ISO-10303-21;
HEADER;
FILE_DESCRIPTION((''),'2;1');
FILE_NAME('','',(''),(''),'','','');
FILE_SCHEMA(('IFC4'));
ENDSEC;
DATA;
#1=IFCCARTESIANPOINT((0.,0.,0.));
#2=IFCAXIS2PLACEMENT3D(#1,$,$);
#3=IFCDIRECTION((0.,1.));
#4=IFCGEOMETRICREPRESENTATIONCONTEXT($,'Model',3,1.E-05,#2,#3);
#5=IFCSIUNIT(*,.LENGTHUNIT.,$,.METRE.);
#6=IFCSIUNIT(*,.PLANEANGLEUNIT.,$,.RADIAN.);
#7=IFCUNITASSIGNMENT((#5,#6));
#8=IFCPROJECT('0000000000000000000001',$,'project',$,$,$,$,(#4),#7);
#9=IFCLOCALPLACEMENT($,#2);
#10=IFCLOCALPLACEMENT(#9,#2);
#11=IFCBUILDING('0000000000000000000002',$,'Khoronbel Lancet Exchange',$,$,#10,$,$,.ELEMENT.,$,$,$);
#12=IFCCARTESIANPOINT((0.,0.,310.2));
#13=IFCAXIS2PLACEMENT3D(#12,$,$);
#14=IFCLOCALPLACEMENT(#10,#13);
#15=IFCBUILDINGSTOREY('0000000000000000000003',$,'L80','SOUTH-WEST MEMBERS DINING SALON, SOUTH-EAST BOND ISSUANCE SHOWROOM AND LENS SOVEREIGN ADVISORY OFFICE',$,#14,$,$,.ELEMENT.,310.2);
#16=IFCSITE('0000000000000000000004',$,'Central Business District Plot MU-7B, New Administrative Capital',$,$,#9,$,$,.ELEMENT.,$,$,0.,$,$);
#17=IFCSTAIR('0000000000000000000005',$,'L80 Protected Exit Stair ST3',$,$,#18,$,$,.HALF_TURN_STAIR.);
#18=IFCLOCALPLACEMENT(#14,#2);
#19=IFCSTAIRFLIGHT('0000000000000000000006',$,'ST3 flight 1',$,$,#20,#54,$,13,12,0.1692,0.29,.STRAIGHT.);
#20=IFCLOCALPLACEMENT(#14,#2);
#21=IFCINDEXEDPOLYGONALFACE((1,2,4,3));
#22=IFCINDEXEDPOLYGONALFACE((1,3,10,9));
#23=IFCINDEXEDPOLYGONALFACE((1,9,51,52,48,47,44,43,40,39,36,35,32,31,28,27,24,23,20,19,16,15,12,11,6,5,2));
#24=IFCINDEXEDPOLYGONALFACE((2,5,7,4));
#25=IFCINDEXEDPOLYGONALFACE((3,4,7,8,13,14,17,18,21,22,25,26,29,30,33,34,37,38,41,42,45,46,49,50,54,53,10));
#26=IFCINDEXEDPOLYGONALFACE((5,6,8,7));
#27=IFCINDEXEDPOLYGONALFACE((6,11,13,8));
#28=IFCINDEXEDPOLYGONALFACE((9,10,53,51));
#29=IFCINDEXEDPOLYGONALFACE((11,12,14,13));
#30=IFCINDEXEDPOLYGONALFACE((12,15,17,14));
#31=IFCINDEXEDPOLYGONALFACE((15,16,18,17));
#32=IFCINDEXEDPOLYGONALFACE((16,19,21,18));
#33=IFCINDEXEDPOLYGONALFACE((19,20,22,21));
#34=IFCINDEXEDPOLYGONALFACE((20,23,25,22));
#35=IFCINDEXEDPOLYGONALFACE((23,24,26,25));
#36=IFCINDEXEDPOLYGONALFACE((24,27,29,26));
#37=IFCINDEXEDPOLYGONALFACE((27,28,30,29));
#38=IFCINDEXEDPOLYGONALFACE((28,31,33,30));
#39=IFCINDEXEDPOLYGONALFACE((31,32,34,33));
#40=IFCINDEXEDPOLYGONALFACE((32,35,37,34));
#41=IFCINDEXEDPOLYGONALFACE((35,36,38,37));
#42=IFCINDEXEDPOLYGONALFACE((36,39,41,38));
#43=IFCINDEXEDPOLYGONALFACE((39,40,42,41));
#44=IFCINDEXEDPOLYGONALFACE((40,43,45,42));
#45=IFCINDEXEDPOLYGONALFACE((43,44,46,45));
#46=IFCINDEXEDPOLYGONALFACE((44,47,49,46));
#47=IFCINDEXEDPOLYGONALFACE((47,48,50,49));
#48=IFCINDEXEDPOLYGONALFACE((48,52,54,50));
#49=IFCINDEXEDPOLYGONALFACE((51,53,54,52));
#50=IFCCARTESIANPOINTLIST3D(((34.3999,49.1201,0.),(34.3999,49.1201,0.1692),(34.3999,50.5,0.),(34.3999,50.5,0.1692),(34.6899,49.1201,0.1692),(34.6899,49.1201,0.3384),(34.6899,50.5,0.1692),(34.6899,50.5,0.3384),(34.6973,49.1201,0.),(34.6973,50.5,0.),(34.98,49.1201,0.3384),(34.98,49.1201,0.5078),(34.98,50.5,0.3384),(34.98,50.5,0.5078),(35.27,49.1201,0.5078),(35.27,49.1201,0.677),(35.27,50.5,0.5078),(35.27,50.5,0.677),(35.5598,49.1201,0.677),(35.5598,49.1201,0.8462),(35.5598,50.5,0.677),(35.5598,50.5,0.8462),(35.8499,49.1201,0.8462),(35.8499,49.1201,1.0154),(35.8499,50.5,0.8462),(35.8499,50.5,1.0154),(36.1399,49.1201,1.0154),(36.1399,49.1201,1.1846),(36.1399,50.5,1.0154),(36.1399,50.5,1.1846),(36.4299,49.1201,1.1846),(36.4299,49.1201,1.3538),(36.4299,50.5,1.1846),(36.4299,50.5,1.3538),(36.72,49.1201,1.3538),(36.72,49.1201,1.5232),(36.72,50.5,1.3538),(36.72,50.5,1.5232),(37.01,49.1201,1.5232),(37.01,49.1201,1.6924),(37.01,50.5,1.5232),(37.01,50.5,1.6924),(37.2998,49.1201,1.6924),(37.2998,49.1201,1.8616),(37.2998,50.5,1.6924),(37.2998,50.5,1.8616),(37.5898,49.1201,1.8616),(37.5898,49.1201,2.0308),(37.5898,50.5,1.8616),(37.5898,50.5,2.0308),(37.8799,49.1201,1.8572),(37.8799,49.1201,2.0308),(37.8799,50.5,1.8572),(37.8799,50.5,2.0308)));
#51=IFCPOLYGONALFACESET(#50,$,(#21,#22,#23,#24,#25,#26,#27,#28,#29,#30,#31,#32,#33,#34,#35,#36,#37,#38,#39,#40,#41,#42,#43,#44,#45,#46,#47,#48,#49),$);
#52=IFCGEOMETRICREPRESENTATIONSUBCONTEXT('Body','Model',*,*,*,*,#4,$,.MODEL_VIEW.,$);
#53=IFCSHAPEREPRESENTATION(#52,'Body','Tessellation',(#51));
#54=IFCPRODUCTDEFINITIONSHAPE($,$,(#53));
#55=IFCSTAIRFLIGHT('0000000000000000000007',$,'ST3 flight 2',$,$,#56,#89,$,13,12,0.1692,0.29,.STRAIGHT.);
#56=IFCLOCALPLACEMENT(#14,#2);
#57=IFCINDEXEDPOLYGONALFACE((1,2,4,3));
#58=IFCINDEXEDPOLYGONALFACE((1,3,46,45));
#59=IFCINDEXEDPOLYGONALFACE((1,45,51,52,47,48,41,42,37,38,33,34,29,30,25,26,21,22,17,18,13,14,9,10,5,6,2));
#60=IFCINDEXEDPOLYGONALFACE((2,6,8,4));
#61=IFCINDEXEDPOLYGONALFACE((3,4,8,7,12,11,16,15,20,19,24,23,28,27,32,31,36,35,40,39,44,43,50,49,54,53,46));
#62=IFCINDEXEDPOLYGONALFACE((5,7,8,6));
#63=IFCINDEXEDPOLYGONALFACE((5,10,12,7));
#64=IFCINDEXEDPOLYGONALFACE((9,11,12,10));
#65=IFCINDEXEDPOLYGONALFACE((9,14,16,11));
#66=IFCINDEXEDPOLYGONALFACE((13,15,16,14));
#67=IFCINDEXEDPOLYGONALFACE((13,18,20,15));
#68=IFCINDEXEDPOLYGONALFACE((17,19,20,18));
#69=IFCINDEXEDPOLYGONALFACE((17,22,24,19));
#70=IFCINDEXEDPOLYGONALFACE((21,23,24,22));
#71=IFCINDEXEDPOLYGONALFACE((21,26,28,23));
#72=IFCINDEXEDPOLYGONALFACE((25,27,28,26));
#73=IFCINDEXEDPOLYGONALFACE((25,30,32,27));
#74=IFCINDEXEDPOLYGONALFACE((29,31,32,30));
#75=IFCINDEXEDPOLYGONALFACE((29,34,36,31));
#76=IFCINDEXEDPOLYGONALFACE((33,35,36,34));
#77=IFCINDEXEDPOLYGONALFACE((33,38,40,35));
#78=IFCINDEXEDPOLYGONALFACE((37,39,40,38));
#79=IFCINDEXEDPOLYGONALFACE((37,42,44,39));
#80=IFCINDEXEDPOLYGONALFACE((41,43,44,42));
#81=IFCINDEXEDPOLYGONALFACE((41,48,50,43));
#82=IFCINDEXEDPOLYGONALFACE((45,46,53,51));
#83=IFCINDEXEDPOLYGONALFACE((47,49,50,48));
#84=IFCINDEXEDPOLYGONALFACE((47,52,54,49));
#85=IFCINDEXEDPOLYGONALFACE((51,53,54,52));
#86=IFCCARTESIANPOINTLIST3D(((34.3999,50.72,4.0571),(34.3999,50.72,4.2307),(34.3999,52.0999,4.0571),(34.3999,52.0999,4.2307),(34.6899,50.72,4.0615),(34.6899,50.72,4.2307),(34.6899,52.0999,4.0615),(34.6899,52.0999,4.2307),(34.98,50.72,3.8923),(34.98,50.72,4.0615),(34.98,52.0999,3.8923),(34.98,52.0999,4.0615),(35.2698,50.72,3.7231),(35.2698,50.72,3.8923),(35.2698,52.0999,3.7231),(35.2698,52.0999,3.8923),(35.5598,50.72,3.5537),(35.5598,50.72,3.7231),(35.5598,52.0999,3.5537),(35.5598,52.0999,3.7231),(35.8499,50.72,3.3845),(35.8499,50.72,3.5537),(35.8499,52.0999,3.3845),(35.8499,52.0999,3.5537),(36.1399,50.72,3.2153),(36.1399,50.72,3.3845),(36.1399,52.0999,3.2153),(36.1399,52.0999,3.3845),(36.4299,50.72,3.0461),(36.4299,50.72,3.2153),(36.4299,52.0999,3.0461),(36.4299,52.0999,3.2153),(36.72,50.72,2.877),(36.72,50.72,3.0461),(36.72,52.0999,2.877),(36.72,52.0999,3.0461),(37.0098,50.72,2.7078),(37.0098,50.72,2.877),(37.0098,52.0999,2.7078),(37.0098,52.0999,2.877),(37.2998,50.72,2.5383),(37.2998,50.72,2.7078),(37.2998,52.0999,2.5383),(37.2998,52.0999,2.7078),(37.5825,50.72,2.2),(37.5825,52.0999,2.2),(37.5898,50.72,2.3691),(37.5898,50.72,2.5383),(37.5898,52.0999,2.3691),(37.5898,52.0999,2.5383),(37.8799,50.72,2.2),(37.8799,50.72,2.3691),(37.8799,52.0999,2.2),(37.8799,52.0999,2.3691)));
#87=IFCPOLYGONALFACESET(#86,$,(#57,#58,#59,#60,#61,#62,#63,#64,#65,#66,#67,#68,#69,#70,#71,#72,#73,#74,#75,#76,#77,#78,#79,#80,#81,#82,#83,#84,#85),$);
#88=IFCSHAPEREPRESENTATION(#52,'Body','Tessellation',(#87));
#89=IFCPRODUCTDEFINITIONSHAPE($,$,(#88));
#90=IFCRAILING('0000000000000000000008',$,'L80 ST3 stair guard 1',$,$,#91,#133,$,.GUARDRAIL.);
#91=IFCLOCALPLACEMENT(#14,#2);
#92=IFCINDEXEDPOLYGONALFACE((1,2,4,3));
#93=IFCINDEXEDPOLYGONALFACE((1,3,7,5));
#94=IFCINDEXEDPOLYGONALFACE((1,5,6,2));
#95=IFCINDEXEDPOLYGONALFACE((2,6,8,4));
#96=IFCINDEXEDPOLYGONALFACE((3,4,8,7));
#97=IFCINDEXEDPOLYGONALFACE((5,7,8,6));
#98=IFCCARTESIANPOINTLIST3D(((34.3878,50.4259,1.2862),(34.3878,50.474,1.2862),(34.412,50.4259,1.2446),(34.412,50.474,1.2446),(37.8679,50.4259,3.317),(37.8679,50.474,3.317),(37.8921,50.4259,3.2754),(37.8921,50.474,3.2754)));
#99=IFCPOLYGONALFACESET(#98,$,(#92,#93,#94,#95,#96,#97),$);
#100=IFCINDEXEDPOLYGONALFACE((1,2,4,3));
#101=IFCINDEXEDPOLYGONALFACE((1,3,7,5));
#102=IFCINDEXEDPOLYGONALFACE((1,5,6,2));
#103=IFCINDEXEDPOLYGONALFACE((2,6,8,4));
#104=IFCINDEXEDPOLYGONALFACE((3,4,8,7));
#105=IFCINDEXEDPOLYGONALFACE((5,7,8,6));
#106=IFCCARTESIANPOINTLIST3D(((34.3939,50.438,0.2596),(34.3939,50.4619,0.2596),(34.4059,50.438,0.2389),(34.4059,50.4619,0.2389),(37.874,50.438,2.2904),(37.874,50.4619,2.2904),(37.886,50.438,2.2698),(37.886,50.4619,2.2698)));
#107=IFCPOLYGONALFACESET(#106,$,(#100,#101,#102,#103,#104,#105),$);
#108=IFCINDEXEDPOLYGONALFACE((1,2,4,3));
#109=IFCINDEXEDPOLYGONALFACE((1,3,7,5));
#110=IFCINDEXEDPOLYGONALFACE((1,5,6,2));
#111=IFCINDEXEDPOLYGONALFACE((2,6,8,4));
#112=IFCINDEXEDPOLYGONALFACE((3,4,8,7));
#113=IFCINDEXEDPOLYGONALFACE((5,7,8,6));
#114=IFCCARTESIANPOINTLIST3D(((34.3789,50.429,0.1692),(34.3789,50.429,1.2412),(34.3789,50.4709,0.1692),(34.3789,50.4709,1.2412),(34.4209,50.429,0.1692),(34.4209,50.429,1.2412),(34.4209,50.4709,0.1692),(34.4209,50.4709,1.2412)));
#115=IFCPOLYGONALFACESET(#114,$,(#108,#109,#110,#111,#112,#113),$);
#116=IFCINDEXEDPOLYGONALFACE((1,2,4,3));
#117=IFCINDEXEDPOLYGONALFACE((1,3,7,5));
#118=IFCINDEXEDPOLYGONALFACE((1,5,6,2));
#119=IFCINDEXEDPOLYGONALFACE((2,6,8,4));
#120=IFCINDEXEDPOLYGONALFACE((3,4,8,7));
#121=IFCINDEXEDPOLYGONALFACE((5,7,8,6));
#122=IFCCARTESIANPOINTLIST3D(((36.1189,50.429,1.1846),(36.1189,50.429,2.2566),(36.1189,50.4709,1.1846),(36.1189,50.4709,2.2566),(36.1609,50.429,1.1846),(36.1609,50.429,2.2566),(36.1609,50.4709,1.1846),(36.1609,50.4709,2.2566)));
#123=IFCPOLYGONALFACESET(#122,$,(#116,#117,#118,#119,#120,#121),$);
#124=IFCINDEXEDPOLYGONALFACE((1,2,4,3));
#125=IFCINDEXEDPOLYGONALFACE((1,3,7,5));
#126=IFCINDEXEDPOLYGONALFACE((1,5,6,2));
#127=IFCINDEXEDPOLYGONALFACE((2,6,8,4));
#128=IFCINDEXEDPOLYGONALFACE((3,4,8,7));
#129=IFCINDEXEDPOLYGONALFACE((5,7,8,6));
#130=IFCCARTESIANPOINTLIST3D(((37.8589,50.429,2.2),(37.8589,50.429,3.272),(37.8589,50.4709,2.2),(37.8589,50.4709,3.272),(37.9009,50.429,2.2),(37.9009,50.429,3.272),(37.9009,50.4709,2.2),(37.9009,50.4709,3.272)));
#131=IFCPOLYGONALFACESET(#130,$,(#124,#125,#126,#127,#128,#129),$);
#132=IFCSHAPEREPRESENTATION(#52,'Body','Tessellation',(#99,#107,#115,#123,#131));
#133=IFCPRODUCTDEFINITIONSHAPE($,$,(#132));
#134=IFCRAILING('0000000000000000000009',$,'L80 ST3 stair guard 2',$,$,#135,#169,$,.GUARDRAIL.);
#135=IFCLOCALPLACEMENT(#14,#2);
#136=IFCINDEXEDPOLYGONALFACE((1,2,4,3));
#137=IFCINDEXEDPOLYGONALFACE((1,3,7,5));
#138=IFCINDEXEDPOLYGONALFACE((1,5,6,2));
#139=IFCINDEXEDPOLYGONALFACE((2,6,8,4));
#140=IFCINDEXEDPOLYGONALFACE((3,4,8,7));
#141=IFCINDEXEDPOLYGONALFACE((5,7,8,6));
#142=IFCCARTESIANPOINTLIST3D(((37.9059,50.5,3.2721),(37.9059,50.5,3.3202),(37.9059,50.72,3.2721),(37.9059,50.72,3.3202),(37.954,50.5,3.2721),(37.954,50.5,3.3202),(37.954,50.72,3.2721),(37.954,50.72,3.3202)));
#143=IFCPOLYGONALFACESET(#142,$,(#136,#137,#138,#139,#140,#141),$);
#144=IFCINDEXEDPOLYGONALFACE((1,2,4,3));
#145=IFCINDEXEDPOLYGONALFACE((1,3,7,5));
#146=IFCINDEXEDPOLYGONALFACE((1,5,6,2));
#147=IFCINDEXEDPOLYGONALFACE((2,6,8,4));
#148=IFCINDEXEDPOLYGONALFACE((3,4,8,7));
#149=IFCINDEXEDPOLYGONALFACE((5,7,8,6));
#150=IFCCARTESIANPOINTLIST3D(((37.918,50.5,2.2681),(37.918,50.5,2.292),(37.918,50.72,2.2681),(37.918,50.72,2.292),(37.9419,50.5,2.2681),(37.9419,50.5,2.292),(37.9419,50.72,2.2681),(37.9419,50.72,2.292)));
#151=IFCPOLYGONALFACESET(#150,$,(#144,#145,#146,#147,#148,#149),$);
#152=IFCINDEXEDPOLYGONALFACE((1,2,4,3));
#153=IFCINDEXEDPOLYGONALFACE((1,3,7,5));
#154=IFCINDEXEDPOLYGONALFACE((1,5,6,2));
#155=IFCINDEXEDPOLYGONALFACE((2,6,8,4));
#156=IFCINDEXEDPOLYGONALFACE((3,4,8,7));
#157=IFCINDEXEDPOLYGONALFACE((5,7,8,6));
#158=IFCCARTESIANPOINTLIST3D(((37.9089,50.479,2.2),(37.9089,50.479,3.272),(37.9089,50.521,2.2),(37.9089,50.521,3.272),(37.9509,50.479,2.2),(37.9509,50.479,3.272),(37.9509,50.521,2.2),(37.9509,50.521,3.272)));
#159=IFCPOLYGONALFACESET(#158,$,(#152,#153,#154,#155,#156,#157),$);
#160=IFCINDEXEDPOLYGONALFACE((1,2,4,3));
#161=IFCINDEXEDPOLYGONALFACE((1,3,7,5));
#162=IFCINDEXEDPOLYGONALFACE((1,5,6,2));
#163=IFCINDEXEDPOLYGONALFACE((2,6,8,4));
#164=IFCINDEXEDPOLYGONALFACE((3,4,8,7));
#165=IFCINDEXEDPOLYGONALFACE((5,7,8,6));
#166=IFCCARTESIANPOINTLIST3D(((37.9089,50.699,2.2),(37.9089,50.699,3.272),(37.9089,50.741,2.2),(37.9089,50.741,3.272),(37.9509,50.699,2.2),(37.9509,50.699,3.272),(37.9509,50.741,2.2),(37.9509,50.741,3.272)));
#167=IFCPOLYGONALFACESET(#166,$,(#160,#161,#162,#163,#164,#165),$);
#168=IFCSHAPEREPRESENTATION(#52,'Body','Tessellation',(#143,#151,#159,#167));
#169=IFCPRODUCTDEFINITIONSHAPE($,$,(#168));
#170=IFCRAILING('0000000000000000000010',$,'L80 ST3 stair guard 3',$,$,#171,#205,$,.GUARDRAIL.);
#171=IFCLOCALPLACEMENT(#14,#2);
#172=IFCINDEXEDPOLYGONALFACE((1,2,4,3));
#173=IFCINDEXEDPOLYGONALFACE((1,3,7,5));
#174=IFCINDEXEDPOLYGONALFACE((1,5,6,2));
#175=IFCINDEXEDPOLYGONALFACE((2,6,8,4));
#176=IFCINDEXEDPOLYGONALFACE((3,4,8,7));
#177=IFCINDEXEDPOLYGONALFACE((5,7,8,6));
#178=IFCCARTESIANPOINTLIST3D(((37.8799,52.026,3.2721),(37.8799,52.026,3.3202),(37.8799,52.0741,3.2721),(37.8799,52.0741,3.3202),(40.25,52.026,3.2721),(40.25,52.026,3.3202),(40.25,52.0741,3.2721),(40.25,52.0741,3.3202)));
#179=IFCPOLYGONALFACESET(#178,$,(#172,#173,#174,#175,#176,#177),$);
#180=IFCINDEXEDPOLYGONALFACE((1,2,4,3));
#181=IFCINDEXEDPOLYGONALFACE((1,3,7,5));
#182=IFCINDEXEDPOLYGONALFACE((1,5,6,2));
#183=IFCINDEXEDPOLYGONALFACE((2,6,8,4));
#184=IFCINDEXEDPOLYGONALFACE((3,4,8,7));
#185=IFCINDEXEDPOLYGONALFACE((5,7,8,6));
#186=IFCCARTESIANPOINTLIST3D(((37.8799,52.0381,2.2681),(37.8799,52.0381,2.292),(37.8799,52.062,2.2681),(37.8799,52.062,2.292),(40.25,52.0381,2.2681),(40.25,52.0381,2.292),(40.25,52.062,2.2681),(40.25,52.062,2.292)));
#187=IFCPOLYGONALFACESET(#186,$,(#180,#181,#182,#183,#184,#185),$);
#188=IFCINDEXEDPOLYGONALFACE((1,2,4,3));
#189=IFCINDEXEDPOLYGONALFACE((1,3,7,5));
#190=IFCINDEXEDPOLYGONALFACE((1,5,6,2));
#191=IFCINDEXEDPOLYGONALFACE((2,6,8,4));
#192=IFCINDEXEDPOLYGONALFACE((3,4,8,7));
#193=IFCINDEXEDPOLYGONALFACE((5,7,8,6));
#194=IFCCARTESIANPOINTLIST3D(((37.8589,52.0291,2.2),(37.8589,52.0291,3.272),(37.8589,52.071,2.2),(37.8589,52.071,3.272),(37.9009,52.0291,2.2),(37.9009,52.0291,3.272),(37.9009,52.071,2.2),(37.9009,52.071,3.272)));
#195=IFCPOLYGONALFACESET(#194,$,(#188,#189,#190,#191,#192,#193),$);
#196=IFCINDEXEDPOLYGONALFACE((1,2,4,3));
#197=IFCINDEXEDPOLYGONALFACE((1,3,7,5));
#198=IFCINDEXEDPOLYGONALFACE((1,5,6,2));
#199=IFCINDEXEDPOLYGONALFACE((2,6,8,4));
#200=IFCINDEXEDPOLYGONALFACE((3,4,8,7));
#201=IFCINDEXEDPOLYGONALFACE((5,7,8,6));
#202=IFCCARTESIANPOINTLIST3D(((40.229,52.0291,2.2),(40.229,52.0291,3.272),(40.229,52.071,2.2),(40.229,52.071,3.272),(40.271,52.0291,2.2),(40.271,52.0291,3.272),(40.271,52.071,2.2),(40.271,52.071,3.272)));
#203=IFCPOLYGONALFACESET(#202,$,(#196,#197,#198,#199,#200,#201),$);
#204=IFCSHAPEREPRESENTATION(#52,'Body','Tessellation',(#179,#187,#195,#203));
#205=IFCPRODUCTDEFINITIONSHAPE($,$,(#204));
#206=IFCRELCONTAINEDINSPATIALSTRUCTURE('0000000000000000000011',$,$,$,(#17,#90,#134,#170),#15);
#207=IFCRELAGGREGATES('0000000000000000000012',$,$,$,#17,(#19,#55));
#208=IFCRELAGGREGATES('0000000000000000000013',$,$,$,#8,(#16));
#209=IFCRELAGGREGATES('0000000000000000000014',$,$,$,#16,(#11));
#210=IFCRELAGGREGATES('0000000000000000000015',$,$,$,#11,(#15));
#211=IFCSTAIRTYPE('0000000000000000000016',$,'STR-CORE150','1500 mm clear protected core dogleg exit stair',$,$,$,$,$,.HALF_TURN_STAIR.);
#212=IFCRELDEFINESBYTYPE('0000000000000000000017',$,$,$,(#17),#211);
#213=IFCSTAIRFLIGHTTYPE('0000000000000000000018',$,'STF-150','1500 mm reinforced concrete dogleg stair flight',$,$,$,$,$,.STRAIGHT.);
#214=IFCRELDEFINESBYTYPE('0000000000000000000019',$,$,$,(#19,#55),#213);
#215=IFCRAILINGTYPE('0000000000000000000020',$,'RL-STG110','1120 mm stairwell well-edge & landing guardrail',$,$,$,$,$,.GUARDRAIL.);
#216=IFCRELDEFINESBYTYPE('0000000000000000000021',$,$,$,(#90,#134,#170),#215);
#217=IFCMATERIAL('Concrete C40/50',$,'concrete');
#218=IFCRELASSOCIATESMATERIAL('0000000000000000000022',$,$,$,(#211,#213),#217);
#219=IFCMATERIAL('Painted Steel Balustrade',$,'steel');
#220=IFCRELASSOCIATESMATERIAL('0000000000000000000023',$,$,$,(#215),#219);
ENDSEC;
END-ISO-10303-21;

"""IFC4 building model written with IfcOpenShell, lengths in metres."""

from ifc_helpers import new_model, si_unit, direction, frame, origin, origin_2d, place, context, subcontext, project, spatial, polyline, rectangle, outline, extrude, material, type_object, element, aggregate, save


model = new_model("IFC4")

# Units and contexts
model_context = context("Model", 3, precision=1e-05, world=origin(), true_north=direction((0.0, 1.0)))
body_context = subcontext(model_context, "Body", "Model", "MODEL_VIEW")
ifc_project = project(units=[si_unit("LENGTHUNIT", "METRE"), si_unit("PLANEANGLEUNIT", "RADIAN")], contexts=[model_context])

# Site, building, storey
site_placement = place(None, origin())
site = spatial("IfcSite", under=ifc_project, at=site_placement, Name="Central Business District Plot MU-7B, New Administrative Capital", CompositionType="ELEMENT", RefElevation=0.0)
building_placement = place(site_placement, origin())
building = spatial("IfcBuilding", under=site, at=building_placement, Name="Khoronbel Lancet Exchange", CompositionType="ELEMENT")
storey_placement = place(building_placement, frame((0.0, 0.0, 310.2)))
storey = spatial("IfcBuildingStorey", under=building, at=storey_placement, Name="L80", Description="SOUTH-WEST MEMBERS DINING SALON, SOUTH-EAST BOND ISSUANCE SHOWROOM AND LENS SOVEREIGN ADVISORY OFFICE", CompositionType="ELEMENT", Elevation=310.2)

# Stair, stair flights
ifc_material_1 = material(Name="Concrete C40/50", Category="concrete")
stair_type = type_object("IfcStairType", Name="STR-CORE150", Description="1500 mm clear protected core dogleg exit stair", PredefinedType="HALF_TURN_STAIR", material=ifc_material_1)
stair_placement = place(storey_placement, origin())
stair = element("IfcStair", 1, at=stair_placement, inside=storey, type_object=stair_type, Name="L80 Protected Exit Stair ST3", PredefinedType="HALF_TURN_STAIR")
stair_flight_type = type_object("IfcStairFlightType", Name="STF-150", Description="1500 mm reinforced concrete dogleg stair flight", PredefinedType="STRAIGHT", material=ifc_material_1)
stair_flight_1_placement = place(storey_placement, frame((34.3999, 49.8101, 0.0), z_axis=(0.0, 0.0, 1.0), x_axis=(1.0, 0.0, 0.0)))
stair_flight_1 = element("IfcStairFlight", 2, at=stair_flight_1_placement, type_object=stair_flight_type, Name="ST3 flight 1", NumberOfRisers=13, NumberOfTreads=12, PredefinedType="STRAIGHT", RiserHeight=0.1692, TreadLength=0.29, context=body_context, shape_type="SweptSolid", body=[
    extrude(outline(polyline([(0.0, 0.0), (0.0, 0.1692), (0.29, 0.1692), (0.29, 0.3384), (0.5801, 0.3384), (0.5801, 0.5078), (0.8701, 0.5078), (0.8701, 0.677), (1.1599, 0.677), (1.1599, 0.8462), (1.45, 0.8462), (1.45, 1.0154), (1.74, 1.0154), (1.74, 1.1846), (2.03, 1.1846), (2.03, 1.3538), (2.3201, 1.3538), (2.3201, 1.5232), (2.6101, 1.5232), (2.6101, 1.6924), (2.8999, 1.6924), (2.8999, 1.8616), (3.1899, 1.8616), (3.1899, 2.0308), (3.48, 2.0308), (3.48, 2.2), (3.48, 1.8572), (0.2974, 0.0), (0.0, 0.0)])), frame((0.0, 0.6899, 0.0), z_axis=(0.0, -1.0, 0.0), x_axis=(1.0, 0.0, 0.0)), (0.0, 0.0, 1.0), 1.3799),
])
stair_flight_2_placement = place(storey_placement, frame((37.8799, 51.4099, 2.2), z_axis=(0.0, 0.0, 1.0), x_axis=(-1.0, 0.0, 0.0)))
stair_flight_2 = element("IfcStairFlight", 3, at=stair_flight_2_placement, type_object=stair_flight_type, Name="ST3 flight 2", NumberOfRisers=13, NumberOfTreads=12, PredefinedType="STRAIGHT", RiserHeight=0.1692, TreadLength=0.29, context=body_context, shape_type="SweptSolid", body=[
    extrude(outline(polyline([(0.0, 0.0), (0.0, 0.1692), (0.29, 0.1692), (0.29, 0.3384), (0.5801, 0.3384), (0.5801, 0.5078), (0.8701, 0.5078), (0.8701, 0.677), (1.1599, 0.677), (1.1599, 0.8462), (1.45, 0.8462), (1.45, 1.0154), (1.74, 1.0154), (1.74, 1.1846), (2.03, 1.1846), (2.03, 1.3538), (2.3201, 1.3538), (2.3201, 1.5232), (2.6101, 1.5232), (2.6101, 1.6924), (2.8999, 1.6924), (2.8999, 1.8616), (3.1899, 1.8616), (3.1899, 2.0308), (3.48, 2.0308), (3.48, 2.2), (3.48, 1.8572), (0.2974, 0.0), (0.0, 0.0)])), frame((0.0, 0.6899, 0.0), z_axis=(0.0, -1.0, 0.0), x_axis=(1.0, 0.0, 0.0)), (0.0, 0.0, 1.0), 1.3799),
])
aggregate(stair, [stair_flight_1, stair_flight_2])

# Railings
ifc_material_2 = material(Name="Painted Steel Balustrade", Category="steel")
railing_type_1 = type_object("IfcRailingType", Name="RL-STG110", Description="1120 mm stairwell well-edge & landing guardrail", PredefinedType="GUARDRAIL", material=ifc_material_2)
railing_1_placement = place(storey_placement, frame((34.3999, 50.45, 0.1692)))
element("IfcRailing", 4, at=railing_1_placement, inside=storey, type_object=railing_type_1, Name="L80 ST3 stair guard 1", PredefinedType="GUARDRAIL", context=body_context, shape_type="SweptSolid", body=[
    extrude(rectangle(XDim=0.0481, YDim=0.0481, at=origin_2d()), frame((0.0, 0.0, 1.0962), z_axis=(0.863695, 0.0, 0.504014), x_axis=(0.0, 1.0, 0.0)), (0.0, 0.0, 1.0), 4.0293),
    extrude(rectangle(XDim=0.0239, YDim=0.0239, at=origin_2d()), frame((0.0, 0.0, 0.0801), z_axis=(0.863695, 0.0, 0.504014), x_axis=(0.0, 1.0, 0.0)), (0.0, 0.0, 1.0), 4.0293),
    extrude(rectangle(XDim=0.042, YDim=0.042, at=origin_2d()), origin(), (0.0, 0.0, 1.0), 1.072),
    extrude(rectangle(XDim=0.042, YDim=0.042, at=origin_2d()), frame((1.74, 0.0, 1.0154)), (0.0, 0.0, 1.0), 1.072),
    extrude(rectangle(XDim=0.042, YDim=0.042, at=origin_2d()), frame((3.48, 0.0, 2.0308)), (0.0, 0.0, 1.0), 1.072),
])
railing_2_placement = place(storey_placement, frame((37.9299, 50.5, 2.2)))
element("IfcRailing", 5, at=railing_2_placement, inside=storey, type_object=railing_type_1, Name="L80 ST3 stair guard 2", PredefinedType="GUARDRAIL", context=body_context, shape_type="SweptSolid", body=[
    extrude(rectangle(XDim=0.0481, YDim=0.0481, at=origin_2d()), frame((0.0, 0.0, 1.0962), z_axis=(0.0, 1.0, 0.0), x_axis=(-1.0, 0.0, 0.0)), (0.0, 0.0, 1.0), 0.22),
    extrude(rectangle(XDim=0.0239, YDim=0.0239, at=origin_2d()), frame((0.0, 0.0, 0.0801), z_axis=(0.0, 1.0, 0.0), x_axis=(-1.0, 0.0, 0.0)), (0.0, 0.0, 1.0), 0.22),
    extrude(rectangle(XDim=0.042, YDim=0.042, at=origin_2d()), origin(), (0.0, 0.0, 1.0), 1.072),
    extrude(rectangle(XDim=0.042, YDim=0.042, at=origin_2d()), frame((0.0, 0.22, 0.0)), (0.0, 0.0, 1.0), 1.072),
])
railing_3_placement = place(storey_placement, frame((37.8799, 52.05, 2.2)))
element("IfcRailing", 6, at=railing_3_placement, inside=storey, type_object=railing_type_1, Name="L80 ST3 stair guard 3", PredefinedType="GUARDRAIL", context=body_context, shape_type="SweptSolid", body=[
    extrude(rectangle(XDim=0.0481, YDim=0.0481, at=origin_2d()), frame((0.0, 0.0, 1.0962), z_axis=(1.0, 0.0, 0.0), x_axis=(0.0, 1.0, 0.0)), (0.0, 0.0, 1.0), 2.3701),
    extrude(rectangle(XDim=0.0239, YDim=0.0239, at=origin_2d()), frame((0.0, 0.0, 0.0801), z_axis=(1.0, 0.0, 0.0), x_axis=(0.0, 1.0, 0.0)), (0.0, 0.0, 1.0), 2.3701),
    extrude(rectangle(XDim=0.042, YDim=0.042, at=origin_2d()), origin(), (0.0, 0.0, 1.0), 1.072),
    extrude(rectangle(XDim=0.042, YDim=0.042, at=origin_2d()), frame((2.3701, 0.0, 0.0)), (0.0, 0.0, 1.0), 1.072),
])

save(model, "model.ifc")
